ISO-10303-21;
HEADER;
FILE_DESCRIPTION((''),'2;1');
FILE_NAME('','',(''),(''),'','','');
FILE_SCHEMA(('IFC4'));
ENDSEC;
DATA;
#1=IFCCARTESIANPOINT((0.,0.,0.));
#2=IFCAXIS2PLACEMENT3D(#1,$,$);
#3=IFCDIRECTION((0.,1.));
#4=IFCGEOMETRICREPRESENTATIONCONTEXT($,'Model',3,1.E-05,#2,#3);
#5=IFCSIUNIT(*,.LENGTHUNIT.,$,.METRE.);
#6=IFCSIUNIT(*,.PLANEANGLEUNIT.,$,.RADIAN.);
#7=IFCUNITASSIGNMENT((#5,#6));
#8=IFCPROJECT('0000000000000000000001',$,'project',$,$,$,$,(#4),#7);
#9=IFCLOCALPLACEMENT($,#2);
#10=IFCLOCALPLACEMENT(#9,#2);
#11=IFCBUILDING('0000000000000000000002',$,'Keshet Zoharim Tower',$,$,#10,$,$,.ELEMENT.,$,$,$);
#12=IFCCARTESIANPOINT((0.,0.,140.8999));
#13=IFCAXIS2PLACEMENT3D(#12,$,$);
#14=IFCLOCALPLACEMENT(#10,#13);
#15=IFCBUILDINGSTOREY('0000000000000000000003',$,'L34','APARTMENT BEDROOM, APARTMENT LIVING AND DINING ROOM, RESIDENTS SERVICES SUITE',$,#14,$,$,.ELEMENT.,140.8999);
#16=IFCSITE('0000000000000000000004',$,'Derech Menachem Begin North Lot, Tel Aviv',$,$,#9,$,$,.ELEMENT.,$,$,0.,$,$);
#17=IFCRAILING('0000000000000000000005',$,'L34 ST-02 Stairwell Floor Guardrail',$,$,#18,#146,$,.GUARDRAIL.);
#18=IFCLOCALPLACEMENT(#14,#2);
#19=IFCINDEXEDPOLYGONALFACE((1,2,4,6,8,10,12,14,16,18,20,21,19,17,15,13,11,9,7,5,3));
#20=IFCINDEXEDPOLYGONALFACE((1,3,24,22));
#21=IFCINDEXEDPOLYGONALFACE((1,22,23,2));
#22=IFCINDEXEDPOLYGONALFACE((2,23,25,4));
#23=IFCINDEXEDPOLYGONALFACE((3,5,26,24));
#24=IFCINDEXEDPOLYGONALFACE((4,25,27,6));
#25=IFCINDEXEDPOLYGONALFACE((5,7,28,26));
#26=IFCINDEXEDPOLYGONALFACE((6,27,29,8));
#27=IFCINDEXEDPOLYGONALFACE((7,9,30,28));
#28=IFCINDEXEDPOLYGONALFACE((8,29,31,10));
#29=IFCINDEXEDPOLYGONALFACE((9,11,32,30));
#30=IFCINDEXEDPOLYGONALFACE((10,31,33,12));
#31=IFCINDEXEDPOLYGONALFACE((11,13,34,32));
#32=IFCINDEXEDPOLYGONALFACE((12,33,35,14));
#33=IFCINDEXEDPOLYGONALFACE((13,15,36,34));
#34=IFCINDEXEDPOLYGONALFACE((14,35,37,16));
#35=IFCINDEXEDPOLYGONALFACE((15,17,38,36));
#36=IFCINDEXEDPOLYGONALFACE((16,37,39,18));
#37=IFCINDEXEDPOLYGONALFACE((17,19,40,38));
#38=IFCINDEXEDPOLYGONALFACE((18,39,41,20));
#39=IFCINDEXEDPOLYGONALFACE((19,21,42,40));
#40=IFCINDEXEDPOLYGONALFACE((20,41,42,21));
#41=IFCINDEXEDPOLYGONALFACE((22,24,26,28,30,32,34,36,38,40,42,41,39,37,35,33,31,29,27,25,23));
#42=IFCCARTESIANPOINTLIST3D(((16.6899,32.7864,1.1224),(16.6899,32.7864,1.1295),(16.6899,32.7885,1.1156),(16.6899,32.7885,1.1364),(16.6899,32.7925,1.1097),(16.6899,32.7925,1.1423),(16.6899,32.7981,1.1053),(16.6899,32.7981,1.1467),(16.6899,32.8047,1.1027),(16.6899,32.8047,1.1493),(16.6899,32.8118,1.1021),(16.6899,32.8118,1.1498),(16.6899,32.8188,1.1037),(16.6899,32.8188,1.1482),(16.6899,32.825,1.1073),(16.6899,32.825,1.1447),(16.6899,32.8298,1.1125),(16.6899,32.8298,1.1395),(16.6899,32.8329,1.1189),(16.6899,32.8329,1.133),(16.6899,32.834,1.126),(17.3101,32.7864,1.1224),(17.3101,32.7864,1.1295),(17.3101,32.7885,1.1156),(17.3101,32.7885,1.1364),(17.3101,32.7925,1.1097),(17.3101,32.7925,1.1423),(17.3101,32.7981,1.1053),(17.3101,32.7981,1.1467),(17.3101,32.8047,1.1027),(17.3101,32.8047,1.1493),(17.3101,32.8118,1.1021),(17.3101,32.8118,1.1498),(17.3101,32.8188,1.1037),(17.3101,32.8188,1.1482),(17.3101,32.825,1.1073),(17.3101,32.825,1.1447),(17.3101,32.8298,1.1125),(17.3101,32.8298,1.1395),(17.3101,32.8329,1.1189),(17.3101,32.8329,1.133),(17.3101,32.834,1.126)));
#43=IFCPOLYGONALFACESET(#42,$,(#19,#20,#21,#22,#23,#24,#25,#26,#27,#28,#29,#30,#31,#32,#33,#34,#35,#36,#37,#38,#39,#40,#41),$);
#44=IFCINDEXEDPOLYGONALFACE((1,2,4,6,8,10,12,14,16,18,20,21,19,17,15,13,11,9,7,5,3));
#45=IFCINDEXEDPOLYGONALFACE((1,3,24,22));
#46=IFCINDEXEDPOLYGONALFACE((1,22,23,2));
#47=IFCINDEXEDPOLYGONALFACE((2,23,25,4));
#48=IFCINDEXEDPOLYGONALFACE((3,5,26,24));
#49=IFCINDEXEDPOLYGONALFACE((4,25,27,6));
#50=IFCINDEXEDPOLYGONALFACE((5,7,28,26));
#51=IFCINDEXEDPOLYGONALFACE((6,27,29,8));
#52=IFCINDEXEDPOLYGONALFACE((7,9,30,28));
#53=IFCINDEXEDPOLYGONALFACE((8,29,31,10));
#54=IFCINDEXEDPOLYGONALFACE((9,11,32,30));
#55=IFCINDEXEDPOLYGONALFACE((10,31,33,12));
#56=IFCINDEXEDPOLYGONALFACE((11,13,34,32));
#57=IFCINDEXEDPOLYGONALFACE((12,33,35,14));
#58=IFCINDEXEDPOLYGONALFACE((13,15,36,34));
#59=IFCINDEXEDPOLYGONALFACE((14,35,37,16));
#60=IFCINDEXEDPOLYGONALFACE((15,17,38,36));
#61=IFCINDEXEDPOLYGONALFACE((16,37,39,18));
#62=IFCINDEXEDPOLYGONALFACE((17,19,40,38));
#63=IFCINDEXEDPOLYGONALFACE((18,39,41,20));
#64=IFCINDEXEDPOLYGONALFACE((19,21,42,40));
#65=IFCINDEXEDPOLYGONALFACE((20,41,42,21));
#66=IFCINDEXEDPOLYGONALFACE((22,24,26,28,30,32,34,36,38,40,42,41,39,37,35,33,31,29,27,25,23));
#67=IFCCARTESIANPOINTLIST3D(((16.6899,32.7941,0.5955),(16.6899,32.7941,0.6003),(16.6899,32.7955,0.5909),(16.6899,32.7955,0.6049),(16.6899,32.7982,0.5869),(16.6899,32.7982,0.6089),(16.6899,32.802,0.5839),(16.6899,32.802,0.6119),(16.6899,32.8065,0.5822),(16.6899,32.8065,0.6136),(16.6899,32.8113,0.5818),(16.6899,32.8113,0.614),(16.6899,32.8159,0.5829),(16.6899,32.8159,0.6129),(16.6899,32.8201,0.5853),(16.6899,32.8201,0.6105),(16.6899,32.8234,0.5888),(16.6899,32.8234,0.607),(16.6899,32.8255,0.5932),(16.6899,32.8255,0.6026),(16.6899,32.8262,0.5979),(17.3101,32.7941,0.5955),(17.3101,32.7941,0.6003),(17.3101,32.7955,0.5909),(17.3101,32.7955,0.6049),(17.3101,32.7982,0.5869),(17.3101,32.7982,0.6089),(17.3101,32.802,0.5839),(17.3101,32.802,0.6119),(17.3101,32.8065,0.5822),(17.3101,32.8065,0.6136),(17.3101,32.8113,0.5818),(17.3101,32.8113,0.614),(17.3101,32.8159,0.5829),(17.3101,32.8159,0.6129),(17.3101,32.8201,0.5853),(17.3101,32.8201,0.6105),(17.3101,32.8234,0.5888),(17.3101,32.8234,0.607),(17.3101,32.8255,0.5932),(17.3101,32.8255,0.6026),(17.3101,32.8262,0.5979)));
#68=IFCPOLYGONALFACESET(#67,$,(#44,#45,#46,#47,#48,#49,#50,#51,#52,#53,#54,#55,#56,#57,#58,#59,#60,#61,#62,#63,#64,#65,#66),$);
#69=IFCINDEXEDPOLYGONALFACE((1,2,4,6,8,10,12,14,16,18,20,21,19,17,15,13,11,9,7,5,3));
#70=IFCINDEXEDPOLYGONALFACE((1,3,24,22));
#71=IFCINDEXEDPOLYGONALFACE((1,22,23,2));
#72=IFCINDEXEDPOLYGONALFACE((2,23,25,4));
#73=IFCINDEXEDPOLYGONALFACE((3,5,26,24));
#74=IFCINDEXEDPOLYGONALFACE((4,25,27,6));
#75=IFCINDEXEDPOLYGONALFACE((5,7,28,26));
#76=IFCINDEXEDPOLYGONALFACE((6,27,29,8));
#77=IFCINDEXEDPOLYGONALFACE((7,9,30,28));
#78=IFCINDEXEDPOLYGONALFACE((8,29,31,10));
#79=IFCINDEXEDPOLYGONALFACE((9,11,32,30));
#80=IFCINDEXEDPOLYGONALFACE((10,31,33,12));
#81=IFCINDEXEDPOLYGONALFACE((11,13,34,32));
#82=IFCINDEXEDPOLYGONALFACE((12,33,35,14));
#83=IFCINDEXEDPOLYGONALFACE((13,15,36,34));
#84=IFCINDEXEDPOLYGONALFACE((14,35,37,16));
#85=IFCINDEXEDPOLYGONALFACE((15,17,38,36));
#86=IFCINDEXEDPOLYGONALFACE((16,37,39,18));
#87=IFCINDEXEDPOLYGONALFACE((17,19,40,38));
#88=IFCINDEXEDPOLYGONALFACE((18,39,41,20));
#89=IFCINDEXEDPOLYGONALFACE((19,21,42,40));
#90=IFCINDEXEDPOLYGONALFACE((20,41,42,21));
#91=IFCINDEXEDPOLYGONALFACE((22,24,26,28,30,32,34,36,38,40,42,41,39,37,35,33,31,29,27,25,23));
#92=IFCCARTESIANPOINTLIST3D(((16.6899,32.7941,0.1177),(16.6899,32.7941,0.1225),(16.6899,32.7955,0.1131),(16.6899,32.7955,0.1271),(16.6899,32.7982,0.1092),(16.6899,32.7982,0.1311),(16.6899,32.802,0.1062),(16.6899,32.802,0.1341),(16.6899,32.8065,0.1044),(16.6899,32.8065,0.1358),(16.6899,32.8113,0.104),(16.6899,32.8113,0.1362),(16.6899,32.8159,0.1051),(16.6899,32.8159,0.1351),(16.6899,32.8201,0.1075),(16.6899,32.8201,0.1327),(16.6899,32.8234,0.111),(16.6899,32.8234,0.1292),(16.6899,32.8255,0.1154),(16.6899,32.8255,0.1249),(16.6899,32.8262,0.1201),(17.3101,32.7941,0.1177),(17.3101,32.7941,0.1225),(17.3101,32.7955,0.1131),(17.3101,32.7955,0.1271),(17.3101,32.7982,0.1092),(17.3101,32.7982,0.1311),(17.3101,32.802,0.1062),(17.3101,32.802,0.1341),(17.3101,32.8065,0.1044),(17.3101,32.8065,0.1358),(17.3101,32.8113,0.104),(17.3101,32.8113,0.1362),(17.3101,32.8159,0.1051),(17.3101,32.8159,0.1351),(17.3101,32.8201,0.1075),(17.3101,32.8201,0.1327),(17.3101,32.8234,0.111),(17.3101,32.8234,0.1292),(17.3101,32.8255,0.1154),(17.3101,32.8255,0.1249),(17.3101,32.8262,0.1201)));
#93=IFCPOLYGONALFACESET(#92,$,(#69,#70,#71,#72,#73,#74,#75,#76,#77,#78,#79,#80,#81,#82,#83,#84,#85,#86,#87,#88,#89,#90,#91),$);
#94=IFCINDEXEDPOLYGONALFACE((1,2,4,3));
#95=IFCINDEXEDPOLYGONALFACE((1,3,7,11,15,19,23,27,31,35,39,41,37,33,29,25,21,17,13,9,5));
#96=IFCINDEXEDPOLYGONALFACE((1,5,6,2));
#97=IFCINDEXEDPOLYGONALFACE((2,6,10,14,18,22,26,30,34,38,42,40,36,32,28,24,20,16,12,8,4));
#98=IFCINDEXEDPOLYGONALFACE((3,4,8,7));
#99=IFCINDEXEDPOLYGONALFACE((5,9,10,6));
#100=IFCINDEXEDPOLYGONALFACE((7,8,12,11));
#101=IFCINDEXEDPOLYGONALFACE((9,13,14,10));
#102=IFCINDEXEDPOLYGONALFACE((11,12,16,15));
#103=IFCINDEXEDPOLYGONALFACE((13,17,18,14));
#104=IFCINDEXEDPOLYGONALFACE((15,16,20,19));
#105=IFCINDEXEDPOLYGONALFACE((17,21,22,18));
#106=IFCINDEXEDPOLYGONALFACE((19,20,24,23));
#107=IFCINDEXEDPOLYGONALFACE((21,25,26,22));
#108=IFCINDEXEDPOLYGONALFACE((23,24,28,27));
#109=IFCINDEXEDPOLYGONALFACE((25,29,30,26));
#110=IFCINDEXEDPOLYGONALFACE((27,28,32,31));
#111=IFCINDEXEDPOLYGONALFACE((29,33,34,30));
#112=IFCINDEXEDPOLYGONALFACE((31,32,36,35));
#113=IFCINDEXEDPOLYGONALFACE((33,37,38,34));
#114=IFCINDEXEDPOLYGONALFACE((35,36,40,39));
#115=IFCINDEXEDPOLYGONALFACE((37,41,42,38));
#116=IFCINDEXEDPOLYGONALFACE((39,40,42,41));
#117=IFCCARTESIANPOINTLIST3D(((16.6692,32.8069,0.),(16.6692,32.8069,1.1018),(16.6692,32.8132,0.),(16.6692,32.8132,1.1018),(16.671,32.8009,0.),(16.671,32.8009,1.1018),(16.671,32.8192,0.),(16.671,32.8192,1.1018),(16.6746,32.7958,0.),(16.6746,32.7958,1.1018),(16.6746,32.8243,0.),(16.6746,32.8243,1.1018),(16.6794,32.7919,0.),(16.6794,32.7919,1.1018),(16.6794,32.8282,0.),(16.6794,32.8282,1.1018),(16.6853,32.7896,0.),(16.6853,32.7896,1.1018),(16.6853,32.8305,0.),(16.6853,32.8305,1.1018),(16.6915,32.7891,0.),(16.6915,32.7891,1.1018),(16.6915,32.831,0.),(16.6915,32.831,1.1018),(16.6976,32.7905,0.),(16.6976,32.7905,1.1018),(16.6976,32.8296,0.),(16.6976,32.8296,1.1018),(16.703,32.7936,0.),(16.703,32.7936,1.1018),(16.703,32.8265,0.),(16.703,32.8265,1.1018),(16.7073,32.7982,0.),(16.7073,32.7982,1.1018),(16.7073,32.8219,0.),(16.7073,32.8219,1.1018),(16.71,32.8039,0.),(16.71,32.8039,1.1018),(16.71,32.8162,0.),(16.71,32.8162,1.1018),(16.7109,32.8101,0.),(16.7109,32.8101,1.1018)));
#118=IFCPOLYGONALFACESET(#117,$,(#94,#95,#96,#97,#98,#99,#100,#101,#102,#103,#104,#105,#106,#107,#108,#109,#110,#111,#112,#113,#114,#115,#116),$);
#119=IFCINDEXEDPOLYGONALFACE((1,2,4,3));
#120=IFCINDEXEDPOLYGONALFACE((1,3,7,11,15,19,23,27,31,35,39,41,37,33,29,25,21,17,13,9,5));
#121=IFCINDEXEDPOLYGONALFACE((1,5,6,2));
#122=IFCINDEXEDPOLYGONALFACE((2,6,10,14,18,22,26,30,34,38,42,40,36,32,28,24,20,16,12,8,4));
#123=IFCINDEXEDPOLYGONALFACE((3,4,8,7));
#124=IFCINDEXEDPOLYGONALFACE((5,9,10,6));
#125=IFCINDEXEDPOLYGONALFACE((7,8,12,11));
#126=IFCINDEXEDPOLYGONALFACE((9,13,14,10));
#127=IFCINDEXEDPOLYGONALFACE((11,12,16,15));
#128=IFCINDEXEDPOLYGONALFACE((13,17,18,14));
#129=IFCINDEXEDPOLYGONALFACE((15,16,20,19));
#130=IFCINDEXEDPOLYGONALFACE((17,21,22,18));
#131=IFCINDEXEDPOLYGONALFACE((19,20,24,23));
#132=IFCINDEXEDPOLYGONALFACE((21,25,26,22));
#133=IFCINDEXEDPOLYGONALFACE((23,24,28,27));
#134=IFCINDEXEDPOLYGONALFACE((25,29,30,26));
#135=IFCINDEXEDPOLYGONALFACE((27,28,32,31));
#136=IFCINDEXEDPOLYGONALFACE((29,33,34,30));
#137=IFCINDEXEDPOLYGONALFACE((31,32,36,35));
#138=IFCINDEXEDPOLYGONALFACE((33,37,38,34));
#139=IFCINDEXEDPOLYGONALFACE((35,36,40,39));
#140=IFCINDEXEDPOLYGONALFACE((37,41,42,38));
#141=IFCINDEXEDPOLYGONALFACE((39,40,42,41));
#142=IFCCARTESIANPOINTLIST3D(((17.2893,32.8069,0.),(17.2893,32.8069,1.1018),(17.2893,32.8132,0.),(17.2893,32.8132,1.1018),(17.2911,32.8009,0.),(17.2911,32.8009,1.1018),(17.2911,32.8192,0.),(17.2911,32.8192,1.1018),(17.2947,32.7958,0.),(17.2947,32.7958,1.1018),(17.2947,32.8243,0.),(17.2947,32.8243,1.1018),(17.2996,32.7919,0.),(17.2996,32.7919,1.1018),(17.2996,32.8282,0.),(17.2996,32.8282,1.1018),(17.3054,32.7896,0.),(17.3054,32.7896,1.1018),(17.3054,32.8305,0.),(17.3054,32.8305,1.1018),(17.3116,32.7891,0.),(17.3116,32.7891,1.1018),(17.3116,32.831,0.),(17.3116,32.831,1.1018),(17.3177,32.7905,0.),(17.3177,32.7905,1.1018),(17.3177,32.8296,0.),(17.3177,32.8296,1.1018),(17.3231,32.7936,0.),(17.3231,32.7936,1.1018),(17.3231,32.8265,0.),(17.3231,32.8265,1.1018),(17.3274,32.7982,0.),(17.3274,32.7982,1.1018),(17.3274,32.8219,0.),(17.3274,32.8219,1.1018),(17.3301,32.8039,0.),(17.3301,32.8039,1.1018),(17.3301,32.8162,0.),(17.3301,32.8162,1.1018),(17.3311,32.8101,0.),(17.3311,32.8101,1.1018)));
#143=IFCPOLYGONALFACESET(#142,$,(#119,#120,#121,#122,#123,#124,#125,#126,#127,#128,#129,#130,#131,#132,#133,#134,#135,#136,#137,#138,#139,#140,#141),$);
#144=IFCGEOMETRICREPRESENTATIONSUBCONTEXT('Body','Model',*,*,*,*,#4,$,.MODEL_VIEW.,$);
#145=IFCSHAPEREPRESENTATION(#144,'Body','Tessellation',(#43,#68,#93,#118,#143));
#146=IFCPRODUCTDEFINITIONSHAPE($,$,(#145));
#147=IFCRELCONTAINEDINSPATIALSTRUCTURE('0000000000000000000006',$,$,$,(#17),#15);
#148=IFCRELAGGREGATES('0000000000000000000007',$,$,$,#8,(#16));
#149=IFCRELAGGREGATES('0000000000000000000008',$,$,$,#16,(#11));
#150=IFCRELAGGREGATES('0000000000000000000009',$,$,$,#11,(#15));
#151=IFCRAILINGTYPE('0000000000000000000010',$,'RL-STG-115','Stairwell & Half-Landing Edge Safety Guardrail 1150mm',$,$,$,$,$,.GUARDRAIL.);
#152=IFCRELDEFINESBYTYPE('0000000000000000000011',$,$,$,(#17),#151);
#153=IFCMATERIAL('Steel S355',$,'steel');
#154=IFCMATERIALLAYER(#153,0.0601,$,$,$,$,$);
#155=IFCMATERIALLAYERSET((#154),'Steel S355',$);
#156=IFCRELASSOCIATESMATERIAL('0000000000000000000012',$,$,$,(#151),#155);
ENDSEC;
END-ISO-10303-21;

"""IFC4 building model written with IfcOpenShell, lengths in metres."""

from ifc_helpers import new_model, si_unit, direction, frame, origin, origin_2d, place, context, subcontext, project, spatial, circle, extrude, material, layer, layer_set, type_object, element, save


model = new_model("IFC4")

# Units and contexts
model_context = context("Model", 3, precision=1e-05, world=origin(), true_north=direction((0.0, 1.0)))
body_context = subcontext(model_context, "Body", "Model", "MODEL_VIEW")
ifc_project = project(units=[si_unit("LENGTHUNIT", "METRE"), si_unit("PLANEANGLEUNIT", "RADIAN")], contexts=[model_context])

# Site, building, storey
site_placement = place(None, origin())
site = spatial("IfcSite", under=ifc_project, at=site_placement, Name="Derech Menachem Begin North Lot, Tel Aviv", CompositionType="ELEMENT", RefElevation=0.0)
building_placement = place(site_placement, origin())
building = spatial("IfcBuilding", under=site, at=building_placement, Name="Keshet Zoharim Tower", CompositionType="ELEMENT")
storey_placement = place(building_placement, frame((0.0, 0.0, 140.8999)))
storey = spatial("IfcBuildingStorey", under=building, at=storey_placement, Name="L34", Description="APARTMENT BEDROOM, APARTMENT LIVING AND DINING ROOM, RESIDENTS SERVICES SUITE", CompositionType="ELEMENT", Elevation=140.8999)

# Shared definitions
ifc_material_1 = material(Name="Steel S355", Category="steel")

# Railing
ifc_layer_1 = layer(ifc_material_1, 0.0601)
ifc_layer_set_1 = layer_set([ifc_layer_1], Name="Steel S355")
railing_type_1 = type_object("IfcRailingType", Name="RL-STG-115", Description="Stairwell & Half-Landing Edge Safety Guardrail 1150mm", PredefinedType="GUARDRAIL", material=ifc_layer_set_1)
railing_1_placement = place(storey_placement, frame((16.6899, 32.8101, 0.0)))
element("IfcRailing", 1, at=railing_1_placement, inside=storey, type_object=railing_type_1, Name="L34 ST-02 Stairwell Floor Guardrail", PredefinedType="GUARDRAIL", context=body_context, shape_type="SweptSolid", body=[
    extrude(circle(Radius=0.0239, at=origin_2d()), frame((0.0, 0.0, 1.126), z_axis=(1.0, 0.0, 0.0), x_axis=(0.0, 1.0, 0.0)), (0.0, 0.0, 1.0), 0.6201),
    extrude(circle(Radius=0.0161, at=origin_2d()), frame((0.0, 0.0, 0.5979), z_axis=(1.0, 0.0, 0.0), x_axis=(0.0, 1.0, 0.0)), (0.0, 0.0, 1.0), 0.6201),
    extrude(circle(Radius=0.0161, at=origin_2d()), frame((0.0, 0.0, 0.1201), z_axis=(1.0, 0.0, 0.0), x_axis=(0.0, 1.0, 0.0)), (0.0, 0.0, 1.0), 0.6201),
    extrude(circle(Radius=0.021, at=origin_2d()), origin(), (0.0, 0.0, 1.0), 1.1018),
    extrude(circle(Radius=0.021, at=origin_2d()), frame((0.6201, 0.0, 0.0)), (0.0, 0.0, 1.0), 1.1018),
])

save(model, "model.ifc")
